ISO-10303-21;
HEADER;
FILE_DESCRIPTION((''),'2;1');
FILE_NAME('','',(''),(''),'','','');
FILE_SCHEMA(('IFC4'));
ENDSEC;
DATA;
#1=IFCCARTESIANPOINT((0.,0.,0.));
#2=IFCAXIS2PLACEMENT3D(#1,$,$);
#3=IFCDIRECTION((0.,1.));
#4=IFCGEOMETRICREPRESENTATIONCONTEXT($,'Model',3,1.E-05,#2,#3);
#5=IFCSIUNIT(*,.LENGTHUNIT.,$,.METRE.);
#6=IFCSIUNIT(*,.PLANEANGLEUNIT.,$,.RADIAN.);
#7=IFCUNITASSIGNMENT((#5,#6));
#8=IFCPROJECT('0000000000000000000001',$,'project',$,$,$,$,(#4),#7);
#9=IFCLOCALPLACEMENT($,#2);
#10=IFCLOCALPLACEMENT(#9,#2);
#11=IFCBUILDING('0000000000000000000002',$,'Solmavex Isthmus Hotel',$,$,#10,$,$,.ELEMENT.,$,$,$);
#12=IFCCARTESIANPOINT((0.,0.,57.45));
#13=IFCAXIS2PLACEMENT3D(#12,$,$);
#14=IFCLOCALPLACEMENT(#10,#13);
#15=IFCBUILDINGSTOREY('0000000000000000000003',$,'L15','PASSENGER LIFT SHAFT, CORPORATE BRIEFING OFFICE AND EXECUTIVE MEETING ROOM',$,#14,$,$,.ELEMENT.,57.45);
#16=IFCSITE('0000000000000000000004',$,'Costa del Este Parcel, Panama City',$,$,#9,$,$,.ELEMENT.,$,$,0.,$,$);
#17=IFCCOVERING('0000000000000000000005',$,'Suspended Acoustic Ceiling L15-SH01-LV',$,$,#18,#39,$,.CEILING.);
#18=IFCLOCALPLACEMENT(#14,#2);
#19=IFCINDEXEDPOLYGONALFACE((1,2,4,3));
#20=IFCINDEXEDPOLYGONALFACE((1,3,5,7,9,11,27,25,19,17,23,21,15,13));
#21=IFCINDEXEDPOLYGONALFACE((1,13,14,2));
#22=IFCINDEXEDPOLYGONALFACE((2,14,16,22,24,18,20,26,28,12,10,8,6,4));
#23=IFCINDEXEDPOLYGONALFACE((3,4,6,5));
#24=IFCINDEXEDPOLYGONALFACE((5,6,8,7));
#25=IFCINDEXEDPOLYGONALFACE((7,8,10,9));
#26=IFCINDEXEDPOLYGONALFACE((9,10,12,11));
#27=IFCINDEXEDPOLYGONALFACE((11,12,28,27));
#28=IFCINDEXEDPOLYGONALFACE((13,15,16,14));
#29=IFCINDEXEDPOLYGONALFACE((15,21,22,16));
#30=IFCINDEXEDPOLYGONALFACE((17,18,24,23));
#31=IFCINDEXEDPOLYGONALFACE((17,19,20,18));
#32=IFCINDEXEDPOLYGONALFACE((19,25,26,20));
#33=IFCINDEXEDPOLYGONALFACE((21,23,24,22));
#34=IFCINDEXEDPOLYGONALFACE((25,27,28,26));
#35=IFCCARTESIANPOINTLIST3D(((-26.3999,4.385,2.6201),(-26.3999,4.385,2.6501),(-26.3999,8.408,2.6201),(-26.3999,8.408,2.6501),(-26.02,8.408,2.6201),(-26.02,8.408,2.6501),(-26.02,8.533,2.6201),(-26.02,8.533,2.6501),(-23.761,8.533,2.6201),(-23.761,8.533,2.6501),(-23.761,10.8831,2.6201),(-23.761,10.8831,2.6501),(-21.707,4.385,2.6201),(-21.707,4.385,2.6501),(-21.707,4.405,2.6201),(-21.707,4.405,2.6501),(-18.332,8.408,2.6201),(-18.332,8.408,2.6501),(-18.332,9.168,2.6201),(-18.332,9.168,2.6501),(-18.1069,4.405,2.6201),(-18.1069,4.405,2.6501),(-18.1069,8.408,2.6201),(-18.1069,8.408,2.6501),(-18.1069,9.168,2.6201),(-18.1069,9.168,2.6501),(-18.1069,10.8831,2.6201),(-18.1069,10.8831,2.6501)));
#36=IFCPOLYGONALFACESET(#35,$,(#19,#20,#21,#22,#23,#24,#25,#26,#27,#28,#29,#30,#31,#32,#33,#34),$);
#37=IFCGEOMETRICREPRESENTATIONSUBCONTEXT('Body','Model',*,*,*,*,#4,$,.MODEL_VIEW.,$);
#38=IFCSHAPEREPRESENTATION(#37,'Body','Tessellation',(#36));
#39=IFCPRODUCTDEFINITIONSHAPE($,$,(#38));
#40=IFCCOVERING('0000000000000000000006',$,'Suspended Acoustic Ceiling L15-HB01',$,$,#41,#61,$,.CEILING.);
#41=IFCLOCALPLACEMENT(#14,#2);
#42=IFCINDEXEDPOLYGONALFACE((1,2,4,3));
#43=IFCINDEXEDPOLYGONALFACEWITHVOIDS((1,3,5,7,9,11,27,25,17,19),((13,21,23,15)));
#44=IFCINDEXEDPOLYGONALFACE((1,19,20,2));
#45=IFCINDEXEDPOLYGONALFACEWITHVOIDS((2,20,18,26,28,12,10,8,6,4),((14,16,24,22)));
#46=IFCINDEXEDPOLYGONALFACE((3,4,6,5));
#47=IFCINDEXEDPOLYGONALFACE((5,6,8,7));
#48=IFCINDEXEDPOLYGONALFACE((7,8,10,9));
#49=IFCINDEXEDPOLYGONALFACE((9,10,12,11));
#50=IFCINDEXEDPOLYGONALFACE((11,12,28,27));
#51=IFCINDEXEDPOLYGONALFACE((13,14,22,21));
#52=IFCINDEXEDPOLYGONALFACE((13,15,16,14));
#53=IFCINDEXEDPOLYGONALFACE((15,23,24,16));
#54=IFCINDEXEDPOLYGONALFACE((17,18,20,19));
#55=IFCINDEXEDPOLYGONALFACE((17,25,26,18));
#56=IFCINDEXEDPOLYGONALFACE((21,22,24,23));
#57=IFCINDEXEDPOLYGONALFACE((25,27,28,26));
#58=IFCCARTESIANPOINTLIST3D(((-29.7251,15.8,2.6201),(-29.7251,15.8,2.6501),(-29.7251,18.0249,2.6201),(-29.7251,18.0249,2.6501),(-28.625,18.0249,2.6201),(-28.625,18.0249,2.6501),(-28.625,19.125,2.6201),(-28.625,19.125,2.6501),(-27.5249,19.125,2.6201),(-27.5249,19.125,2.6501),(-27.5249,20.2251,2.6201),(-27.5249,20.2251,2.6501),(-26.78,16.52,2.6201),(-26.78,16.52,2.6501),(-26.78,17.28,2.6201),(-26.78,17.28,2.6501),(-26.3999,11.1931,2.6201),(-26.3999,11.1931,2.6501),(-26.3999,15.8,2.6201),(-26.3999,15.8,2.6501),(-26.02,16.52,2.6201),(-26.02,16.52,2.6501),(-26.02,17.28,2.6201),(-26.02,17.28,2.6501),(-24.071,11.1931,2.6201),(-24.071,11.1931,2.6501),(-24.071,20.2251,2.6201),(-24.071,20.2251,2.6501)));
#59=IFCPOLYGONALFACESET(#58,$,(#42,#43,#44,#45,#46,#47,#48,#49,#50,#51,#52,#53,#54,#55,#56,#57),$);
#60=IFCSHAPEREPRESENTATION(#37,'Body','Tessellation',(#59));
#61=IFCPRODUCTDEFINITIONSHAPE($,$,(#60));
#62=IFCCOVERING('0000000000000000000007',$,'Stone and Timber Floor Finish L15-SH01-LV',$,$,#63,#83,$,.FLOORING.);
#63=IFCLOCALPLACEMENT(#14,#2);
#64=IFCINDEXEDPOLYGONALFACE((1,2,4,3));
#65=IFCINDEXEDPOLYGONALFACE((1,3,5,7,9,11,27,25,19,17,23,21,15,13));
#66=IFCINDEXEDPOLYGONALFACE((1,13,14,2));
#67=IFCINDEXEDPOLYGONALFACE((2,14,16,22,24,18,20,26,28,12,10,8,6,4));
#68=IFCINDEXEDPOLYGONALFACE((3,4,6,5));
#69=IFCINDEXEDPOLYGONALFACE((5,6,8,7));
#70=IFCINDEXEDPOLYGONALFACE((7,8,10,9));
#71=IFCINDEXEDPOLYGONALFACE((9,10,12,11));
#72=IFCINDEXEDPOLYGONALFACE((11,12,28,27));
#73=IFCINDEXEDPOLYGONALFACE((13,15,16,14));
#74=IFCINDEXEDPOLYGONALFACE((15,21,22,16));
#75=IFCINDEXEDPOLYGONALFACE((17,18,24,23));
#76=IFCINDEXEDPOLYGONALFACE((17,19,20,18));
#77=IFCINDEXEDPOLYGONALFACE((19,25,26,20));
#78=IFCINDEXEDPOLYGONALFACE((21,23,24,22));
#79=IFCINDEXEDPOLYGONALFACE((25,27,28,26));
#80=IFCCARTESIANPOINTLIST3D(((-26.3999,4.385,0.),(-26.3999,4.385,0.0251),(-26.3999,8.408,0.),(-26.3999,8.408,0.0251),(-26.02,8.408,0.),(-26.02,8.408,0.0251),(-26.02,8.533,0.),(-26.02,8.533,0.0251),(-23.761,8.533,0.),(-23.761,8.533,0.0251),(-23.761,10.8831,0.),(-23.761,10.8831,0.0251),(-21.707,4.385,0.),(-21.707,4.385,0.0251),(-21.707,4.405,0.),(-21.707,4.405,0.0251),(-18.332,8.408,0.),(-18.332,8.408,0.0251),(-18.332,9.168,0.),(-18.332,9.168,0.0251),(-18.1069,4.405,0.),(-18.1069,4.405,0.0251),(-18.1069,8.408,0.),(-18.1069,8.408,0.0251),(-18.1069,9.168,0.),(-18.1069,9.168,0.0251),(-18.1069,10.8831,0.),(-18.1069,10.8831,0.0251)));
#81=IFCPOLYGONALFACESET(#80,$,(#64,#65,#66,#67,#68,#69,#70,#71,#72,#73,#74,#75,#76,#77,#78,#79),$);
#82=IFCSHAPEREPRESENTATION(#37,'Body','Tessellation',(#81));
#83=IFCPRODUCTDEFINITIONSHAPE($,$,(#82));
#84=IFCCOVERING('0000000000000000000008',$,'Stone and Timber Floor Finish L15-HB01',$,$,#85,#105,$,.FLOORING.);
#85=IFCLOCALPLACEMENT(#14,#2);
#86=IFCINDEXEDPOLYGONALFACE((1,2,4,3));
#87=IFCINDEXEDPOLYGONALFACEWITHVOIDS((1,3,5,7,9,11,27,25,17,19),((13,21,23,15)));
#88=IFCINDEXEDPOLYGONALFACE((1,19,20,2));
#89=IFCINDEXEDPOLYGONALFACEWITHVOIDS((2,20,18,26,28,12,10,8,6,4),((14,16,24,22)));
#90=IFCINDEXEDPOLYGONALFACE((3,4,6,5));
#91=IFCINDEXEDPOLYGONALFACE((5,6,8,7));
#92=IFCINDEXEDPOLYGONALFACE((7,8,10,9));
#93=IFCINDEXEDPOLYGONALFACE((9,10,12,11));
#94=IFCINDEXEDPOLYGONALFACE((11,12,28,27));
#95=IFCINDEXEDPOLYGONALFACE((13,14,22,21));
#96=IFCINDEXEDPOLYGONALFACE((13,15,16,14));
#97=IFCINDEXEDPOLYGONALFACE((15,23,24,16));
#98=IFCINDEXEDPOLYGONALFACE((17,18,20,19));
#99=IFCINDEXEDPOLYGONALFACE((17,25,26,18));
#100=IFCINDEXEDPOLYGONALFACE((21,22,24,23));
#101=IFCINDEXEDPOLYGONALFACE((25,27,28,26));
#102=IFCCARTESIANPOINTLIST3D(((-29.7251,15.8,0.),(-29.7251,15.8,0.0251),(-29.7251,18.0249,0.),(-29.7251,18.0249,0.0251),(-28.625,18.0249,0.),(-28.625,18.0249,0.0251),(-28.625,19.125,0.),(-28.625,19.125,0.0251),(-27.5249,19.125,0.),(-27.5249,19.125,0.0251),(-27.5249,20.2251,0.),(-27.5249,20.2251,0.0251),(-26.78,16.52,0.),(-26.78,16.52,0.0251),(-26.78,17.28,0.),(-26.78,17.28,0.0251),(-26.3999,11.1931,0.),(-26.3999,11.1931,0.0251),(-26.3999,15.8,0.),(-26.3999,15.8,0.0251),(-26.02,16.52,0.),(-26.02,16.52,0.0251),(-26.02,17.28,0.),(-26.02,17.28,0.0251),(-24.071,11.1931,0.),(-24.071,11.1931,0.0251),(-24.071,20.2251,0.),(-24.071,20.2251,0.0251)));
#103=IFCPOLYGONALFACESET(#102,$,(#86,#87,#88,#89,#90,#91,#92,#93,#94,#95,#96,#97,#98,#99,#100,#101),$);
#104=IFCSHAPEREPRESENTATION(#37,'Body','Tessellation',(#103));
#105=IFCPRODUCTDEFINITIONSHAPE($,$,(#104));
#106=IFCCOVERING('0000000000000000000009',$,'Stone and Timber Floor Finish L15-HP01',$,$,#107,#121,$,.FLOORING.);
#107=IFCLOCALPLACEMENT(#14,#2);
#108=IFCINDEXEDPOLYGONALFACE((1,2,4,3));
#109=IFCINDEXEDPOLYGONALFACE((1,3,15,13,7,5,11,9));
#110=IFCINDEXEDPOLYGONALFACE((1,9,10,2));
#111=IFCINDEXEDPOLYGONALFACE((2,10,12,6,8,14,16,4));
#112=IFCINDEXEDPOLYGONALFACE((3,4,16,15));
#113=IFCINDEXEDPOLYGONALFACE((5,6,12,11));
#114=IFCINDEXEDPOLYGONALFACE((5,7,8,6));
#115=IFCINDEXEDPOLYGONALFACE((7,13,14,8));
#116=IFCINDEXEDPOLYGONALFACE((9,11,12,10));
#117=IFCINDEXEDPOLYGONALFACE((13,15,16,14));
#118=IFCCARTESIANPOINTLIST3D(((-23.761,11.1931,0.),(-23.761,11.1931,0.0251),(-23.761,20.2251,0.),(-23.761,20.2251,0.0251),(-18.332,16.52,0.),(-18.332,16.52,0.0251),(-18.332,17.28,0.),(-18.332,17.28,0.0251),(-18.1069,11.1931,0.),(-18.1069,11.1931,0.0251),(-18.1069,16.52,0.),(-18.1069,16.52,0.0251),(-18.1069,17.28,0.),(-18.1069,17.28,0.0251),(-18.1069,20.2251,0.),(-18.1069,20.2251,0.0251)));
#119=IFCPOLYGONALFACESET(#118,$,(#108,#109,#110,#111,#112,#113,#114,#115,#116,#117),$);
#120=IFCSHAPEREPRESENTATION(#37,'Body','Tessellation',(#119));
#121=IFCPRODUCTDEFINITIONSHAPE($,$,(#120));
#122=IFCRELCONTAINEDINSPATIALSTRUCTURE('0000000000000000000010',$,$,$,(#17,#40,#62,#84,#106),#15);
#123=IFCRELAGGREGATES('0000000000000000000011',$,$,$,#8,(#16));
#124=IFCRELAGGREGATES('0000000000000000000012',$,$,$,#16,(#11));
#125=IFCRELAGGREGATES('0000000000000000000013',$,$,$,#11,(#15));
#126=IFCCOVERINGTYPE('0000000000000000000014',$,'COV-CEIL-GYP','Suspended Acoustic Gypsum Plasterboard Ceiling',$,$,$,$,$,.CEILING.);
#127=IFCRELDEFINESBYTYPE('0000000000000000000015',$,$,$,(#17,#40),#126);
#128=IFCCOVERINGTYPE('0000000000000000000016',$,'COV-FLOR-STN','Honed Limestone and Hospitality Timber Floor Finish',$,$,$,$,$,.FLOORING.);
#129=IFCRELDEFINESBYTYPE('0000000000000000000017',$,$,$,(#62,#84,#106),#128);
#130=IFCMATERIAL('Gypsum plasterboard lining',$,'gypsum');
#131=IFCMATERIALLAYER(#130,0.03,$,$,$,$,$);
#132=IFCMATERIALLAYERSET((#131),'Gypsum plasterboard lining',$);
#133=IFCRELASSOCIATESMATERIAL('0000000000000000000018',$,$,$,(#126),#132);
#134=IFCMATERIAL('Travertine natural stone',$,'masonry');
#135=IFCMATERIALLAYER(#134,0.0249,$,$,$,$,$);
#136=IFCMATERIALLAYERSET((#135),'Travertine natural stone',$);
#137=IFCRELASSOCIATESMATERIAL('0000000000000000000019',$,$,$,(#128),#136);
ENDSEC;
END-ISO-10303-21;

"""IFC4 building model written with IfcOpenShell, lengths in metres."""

from ifc_helpers import new_model, si_unit, direction, frame, origin, place, context, subcontext, project, spatial, polyline, outline, extrude, material, layer, layer_set, type_object, element, save


model = new_model("IFC4")

# Units and contexts
model_context = context("Model", 3, precision=1e-05, world=origin(), true_north=direction((0.0, 1.0)))
body_context = subcontext(model_context, "Body", "Model", "MODEL_VIEW")
ifc_project = project(units=[si_unit("LENGTHUNIT", "METRE"), si_unit("PLANEANGLEUNIT", "RADIAN")], contexts=[model_context])

# Site, building, storey
site_placement = place(None, origin())
site = spatial("IfcSite", under=ifc_project, at=site_placement, Name="Costa del Este Parcel, Panama City", CompositionType="ELEMENT", RefElevation=0.0)
building_placement = place(site_placement, origin())
building = spatial("IfcBuilding", under=site, at=building_placement, Name="Solmavex Isthmus Hotel", CompositionType="ELEMENT")
storey_placement = place(building_placement, frame((0.0, 0.0, 57.45)))
storey = spatial("IfcBuildingStorey", under=building, at=storey_placement, Name="L15", Description="PASSENGER LIFT SHAFT, CORPORATE BRIEFING OFFICE AND EXECUTIVE MEETING ROOM", CompositionType="ELEMENT", Elevation=57.45)

# Shared definitions
ifc_material_1 = material(Name="Gypsum plasterboard lining", Category="gypsum")

# Coverings
ifc_layer_1 = layer(ifc_material_1, 0.03)
ifc_layer_set_1 = layer_set([ifc_layer_1], Name="Gypsum plasterboard lining")
covering_type_1 = type_object("IfcCoveringType", Name="COV-CEIL-GYP", Description="Suspended Acoustic Gypsum Plasterboard Ceiling", PredefinedType="CEILING", material=ifc_layer_set_1)
covering_1_placement = place(storey_placement, frame((0.0, 0.0, 2.6201)))
element("IfcCovering", 1, at=covering_1_placement, inside=storey, type_object=covering_type_1, Name="Suspended Acoustic Ceiling L15-SH01-LV", PredefinedType="CEILING", context=body_context, shape_type="SweptSolid", body=[
    extrude(outline(polyline([(-26.02, 8.533), (-26.02, 8.408), (-26.3999, 8.408), (-26.3999, 4.385), (-21.707, 4.385), (-21.707, 4.405), (-18.1069, 4.405), (-18.1069, 8.408), (-18.332, 8.408), (-18.332, 9.168), (-18.1069, 9.168), (-18.1069, 10.8831), (-23.761, 10.8831), (-23.761, 8.533), (-26.02, 8.533)])), origin(), (0.0, 0.0, 1.0), 0.03),
])
covering_2_placement = place(storey_placement, frame((0.0, 0.0, 2.6201)))
element("IfcCovering", 2, at=covering_2_placement, inside=storey, type_object=covering_type_1, Name="Suspended Acoustic Ceiling L15-HB01", PredefinedType="CEILING", context=body_context, shape_type="SweptSolid", body=[
    extrude(outline(polyline([(-28.625, 18.0249), (-29.7251, 18.0249), (-29.7251, 15.8), (-26.3999, 15.8), (-26.3999, 11.1931), (-24.071, 11.1931), (-24.071, 20.2251), (-27.5249, 20.2251), (-27.5249, 19.125), (-28.625, 19.125), (-28.625, 18.0249)]), holes=[polyline([(-26.78, 17.28), (-26.02, 17.28), (-26.02, 16.52), (-26.78, 16.52), (-26.78, 17.28)])]), origin(), (0.0, 0.0, 1.0), 0.03),
])
ifc_material_2 = material(Name="Travertine natural stone", Category="masonry")
ifc_layer_2 = layer(ifc_material_2, 0.0249)
ifc_layer_set_2 = layer_set([ifc_layer_2], Name="Travertine natural stone")
covering_type_2 = type_object("IfcCoveringType", Name="COV-FLOR-STN", Description="Honed Limestone and Hospitality Timber Floor Finish", PredefinedType="FLOORING", material=ifc_layer_set_2)
covering_3_placement = place(storey_placement, origin())
element("IfcCovering", 3, at=covering_3_placement, inside=storey, type_object=covering_type_2, Name="Stone and Timber Floor Finish L15-SH01-LV", PredefinedType="FLOORING", context=body_context, shape_type="SweptSolid", body=[
    extrude(outline(polyline([(-26.02, 8.533), (-26.02, 8.408), (-26.3999, 8.408), (-26.3999, 4.385), (-21.707, 4.385), (-21.707, 4.405), (-18.1069, 4.405), (-18.1069, 8.408), (-18.332, 8.408), (-18.332, 9.168), (-18.1069, 9.168), (-18.1069, 10.8831), (-23.761, 10.8831), (-23.761, 8.533), (-26.02, 8.533)])), origin(), (0.0, 0.0, 1.0), 0.0251),
])
covering_4_placement = place(storey_placement, origin())
element("IfcCovering", 4, at=covering_4_placement, inside=storey, type_object=covering_type_2, Name="Stone and Timber Floor Finish L15-HB01", PredefinedType="FLOORING", context=body_context, shape_type="SweptSolid", body=[
    extrude(outline(polyline([(-28.625, 18.0249), (-29.7251, 18.0249), (-29.7251, 15.8), (-26.3999, 15.8), (-26.3999, 11.1931), (-24.071, 11.1931), (-24.071, 20.2251), (-27.5249, 20.2251), (-27.5249, 19.125), (-28.625, 19.125), (-28.625, 18.0249)]), holes=[polyline([(-26.78, 17.28), (-26.02, 17.28), (-26.02, 16.52), (-26.78, 16.52), (-26.78, 17.28)])]), origin(), (0.0, 0.0, 1.0), 0.0251),
])
covering_5_placement = place(storey_placement, origin())
element("IfcCovering", 5, at=covering_5_placement, inside=storey, type_object=covering_type_2, Name="Stone and Timber Floor Finish L15-HP01", PredefinedType="FLOORING", context=body_context, shape_type="SweptSolid", body=[
    extrude(outline(polyline([(-18.1069, 16.52), (-18.332, 16.52), (-18.332, 17.28), (-18.1069, 17.28), (-18.1069, 20.2251), (-23.761, 20.2251), (-23.761, 11.1931), (-18.1069, 11.1931), (-18.1069, 16.52)])), origin(), (0.0, 0.0, 1.0), 0.0251),
])

save(model, "model.ifc")
